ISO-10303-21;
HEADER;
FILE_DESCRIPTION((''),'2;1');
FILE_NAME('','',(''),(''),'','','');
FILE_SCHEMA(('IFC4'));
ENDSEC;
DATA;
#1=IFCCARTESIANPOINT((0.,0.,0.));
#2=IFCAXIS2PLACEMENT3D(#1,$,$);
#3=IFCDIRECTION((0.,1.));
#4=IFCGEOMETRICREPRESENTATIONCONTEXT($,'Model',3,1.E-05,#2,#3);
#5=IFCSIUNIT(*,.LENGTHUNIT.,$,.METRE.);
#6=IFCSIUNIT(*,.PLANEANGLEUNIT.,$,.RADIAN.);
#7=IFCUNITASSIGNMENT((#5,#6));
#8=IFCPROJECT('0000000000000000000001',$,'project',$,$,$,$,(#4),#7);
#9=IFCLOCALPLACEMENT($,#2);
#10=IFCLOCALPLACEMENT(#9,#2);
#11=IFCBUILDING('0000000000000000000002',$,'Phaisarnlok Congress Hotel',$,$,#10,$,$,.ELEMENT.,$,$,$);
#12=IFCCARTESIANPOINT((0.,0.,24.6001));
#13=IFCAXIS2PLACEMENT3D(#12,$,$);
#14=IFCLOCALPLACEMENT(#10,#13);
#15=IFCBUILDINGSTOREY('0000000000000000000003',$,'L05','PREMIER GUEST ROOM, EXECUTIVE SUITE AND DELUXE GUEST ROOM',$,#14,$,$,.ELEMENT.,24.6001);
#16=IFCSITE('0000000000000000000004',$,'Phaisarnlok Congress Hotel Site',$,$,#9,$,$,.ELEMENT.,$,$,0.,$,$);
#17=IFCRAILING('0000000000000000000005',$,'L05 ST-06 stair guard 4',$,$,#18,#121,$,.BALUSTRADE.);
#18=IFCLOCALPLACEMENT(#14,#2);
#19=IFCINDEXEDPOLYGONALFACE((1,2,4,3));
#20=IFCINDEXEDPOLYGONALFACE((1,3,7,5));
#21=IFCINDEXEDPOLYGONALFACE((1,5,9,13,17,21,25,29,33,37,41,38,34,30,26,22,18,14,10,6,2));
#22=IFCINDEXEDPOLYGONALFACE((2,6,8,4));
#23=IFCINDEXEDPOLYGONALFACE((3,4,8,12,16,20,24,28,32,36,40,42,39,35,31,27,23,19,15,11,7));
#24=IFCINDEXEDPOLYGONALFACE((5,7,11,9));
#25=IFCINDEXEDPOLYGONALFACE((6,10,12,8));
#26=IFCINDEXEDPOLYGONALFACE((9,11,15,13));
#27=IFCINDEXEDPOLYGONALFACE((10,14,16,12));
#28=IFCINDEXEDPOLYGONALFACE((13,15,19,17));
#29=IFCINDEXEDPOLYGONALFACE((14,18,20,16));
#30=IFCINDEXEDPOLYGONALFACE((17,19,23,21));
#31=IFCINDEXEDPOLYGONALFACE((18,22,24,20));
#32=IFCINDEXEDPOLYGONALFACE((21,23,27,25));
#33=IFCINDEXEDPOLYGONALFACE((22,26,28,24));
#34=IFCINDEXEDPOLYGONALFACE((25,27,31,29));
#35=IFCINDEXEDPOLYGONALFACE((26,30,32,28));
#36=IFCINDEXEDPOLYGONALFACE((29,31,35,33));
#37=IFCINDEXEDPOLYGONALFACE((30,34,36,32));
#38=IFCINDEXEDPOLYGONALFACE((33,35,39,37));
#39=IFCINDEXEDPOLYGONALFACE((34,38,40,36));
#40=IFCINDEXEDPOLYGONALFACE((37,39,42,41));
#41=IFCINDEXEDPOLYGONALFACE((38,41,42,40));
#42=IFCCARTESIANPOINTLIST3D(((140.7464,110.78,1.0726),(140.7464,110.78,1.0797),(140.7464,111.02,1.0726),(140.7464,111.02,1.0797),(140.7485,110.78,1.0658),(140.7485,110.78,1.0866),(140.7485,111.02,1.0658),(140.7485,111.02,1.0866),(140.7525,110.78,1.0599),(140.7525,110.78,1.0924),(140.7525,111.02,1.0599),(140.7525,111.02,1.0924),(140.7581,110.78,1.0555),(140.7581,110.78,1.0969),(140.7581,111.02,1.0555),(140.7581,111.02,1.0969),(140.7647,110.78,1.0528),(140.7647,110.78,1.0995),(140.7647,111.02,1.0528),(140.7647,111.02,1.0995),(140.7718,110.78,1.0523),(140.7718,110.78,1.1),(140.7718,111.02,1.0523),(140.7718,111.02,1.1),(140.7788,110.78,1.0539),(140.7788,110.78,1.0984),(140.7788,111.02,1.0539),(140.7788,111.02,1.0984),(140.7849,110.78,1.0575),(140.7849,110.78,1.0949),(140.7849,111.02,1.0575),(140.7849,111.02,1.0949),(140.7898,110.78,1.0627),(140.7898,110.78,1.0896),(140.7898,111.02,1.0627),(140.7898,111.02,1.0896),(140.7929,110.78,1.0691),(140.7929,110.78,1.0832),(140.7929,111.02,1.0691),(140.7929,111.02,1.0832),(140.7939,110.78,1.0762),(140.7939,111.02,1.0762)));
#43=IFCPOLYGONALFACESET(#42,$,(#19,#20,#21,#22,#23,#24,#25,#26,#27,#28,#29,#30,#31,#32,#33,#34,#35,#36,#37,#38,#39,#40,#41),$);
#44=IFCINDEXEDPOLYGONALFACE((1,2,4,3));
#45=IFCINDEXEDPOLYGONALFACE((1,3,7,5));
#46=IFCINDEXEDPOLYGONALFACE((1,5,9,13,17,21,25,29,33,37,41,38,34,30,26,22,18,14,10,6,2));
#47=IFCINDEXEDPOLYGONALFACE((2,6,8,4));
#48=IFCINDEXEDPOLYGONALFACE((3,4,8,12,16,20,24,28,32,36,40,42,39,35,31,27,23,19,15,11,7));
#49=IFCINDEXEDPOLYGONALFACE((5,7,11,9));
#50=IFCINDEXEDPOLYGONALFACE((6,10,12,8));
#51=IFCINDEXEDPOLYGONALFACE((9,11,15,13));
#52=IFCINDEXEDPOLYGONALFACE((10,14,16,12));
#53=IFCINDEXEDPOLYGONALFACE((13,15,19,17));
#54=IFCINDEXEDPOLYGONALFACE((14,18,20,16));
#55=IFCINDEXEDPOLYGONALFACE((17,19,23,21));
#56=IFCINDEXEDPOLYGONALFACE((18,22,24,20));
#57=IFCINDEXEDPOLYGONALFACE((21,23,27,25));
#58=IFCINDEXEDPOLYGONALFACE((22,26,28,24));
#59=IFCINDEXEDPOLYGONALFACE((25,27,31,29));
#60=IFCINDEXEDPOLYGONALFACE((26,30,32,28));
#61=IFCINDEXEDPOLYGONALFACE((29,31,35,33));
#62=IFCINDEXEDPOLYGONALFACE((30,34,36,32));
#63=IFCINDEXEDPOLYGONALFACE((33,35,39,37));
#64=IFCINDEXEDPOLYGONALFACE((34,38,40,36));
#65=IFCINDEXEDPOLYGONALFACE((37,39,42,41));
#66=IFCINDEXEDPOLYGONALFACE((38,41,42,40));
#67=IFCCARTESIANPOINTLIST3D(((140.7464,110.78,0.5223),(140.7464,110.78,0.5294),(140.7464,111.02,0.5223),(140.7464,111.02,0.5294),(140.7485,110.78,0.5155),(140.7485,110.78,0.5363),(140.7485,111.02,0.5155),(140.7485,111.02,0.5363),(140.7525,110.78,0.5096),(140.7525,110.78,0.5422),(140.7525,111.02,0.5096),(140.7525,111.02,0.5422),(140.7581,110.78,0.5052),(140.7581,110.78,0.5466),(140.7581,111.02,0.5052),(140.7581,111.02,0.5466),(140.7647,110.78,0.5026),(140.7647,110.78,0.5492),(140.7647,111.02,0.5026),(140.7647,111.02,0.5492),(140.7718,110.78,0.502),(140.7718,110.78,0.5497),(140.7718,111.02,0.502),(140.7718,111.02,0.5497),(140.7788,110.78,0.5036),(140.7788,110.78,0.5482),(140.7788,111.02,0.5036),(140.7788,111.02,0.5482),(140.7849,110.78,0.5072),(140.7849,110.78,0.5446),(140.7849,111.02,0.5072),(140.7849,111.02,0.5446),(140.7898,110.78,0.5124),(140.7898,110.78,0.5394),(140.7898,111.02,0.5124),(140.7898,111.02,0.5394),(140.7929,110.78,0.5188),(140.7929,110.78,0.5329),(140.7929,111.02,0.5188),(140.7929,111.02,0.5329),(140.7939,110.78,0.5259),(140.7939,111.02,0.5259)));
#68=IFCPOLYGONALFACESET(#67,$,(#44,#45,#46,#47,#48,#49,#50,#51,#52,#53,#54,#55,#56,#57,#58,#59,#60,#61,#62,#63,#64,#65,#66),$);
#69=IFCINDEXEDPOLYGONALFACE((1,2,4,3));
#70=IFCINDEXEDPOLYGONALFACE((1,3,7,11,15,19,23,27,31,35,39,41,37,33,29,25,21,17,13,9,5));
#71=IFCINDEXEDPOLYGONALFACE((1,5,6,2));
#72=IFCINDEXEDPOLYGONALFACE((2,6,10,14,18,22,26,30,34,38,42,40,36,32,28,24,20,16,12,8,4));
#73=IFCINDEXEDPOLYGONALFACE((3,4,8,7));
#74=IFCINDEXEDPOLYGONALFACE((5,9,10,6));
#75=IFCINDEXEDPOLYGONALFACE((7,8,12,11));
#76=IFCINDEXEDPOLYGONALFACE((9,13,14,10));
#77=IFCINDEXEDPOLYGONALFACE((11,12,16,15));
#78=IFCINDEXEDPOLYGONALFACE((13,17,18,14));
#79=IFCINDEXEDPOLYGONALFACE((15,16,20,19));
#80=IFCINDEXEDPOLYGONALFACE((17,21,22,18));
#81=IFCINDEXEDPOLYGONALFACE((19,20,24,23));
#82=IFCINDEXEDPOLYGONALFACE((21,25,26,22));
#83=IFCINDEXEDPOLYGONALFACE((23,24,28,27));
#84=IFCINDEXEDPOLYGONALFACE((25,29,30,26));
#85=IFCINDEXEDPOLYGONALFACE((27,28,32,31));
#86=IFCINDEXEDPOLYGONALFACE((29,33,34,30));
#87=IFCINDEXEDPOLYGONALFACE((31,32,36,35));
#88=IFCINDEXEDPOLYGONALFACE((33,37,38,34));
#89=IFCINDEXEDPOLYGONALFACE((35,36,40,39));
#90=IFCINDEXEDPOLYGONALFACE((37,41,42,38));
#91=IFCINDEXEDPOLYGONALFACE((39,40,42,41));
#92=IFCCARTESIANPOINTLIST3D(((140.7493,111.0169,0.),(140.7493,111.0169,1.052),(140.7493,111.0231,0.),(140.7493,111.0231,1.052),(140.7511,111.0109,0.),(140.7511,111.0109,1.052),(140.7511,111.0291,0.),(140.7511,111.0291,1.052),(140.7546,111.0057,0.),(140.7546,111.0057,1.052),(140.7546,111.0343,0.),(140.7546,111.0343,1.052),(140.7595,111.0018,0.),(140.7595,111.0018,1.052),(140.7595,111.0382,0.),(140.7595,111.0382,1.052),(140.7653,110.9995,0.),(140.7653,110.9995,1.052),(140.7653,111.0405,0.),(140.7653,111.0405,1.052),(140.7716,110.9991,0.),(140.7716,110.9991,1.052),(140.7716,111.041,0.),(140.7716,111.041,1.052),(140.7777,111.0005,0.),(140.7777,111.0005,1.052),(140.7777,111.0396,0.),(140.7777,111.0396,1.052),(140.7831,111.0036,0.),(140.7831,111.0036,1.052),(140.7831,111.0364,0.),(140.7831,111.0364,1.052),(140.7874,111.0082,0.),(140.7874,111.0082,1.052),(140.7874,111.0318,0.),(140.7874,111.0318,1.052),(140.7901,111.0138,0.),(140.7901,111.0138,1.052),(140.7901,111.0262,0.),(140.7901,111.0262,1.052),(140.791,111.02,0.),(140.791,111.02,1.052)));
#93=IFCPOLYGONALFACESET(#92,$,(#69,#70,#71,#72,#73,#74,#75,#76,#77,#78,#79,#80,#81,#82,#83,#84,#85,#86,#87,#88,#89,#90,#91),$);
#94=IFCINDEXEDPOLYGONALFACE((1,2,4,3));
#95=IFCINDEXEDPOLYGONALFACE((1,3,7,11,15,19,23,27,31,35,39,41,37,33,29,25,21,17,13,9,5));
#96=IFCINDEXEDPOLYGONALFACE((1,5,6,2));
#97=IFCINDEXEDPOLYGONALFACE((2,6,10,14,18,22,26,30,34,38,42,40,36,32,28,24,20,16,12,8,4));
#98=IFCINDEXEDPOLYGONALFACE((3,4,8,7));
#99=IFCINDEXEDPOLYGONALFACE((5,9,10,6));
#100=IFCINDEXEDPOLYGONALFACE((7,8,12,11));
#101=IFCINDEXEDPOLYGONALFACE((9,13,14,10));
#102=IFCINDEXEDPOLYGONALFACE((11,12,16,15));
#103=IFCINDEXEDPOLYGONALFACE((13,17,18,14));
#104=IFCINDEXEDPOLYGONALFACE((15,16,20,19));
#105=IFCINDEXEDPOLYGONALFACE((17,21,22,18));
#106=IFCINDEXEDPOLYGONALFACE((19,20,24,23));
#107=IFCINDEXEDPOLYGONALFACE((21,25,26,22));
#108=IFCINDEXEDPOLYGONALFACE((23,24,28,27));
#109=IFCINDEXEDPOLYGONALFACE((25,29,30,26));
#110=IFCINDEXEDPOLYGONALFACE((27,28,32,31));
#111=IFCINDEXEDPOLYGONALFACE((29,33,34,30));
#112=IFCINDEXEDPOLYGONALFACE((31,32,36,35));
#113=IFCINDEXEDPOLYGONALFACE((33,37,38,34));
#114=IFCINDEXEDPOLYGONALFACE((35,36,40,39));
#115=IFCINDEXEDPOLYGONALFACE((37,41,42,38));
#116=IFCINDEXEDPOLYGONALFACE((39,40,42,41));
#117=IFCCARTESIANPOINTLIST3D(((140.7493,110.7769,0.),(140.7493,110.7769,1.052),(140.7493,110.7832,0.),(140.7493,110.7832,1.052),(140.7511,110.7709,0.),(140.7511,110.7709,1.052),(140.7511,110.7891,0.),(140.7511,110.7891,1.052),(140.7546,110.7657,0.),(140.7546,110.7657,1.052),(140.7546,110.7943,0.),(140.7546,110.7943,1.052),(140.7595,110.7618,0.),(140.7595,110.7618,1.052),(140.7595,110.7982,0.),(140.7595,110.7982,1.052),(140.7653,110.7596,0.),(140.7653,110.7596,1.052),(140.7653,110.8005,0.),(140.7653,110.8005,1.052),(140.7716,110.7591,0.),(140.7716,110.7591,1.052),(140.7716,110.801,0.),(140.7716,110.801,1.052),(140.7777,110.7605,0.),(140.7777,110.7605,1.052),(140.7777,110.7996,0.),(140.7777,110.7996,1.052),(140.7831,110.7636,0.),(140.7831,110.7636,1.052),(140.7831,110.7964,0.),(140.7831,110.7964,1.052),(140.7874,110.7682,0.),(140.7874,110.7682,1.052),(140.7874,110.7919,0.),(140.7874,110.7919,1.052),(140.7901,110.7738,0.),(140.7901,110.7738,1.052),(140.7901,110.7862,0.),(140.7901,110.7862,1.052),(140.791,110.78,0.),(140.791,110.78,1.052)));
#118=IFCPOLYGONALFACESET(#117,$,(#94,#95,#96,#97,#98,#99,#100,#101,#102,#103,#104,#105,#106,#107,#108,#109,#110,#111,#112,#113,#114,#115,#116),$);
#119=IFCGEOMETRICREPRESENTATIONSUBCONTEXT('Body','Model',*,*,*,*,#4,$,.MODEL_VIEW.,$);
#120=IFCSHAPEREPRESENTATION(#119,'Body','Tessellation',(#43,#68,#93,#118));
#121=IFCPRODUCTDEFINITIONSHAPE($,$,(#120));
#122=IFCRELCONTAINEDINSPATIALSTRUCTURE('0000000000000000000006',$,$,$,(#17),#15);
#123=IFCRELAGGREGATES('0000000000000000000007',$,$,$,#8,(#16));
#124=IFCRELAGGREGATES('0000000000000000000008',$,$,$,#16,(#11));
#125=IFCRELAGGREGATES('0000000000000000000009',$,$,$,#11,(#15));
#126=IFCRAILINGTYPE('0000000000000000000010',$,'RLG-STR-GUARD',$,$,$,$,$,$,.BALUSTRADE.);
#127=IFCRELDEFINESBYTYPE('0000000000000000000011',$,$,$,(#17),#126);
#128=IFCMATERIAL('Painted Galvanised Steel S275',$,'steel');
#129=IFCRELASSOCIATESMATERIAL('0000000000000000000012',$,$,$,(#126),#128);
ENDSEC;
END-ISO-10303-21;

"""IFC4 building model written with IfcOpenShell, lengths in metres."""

from ifc_helpers import new_model, si_unit, direction, frame, origin, origin_2d, place, context, subcontext, project, spatial, circle, extrude, material, type_object, element, save


model = new_model("IFC4")

# Units and contexts
model_context = context("Model", 3, precision=1e-05, world=origin(), true_north=direction((0.0, 1.0)))
body_context = subcontext(model_context, "Body", "Model", "MODEL_VIEW")
ifc_project = project(units=[si_unit("LENGTHUNIT", "METRE"), si_unit("PLANEANGLEUNIT", "RADIAN")], contexts=[model_context])

# Site, building, storey
site_placement = place(None, origin())
site = spatial("IfcSite", under=ifc_project, at=site_placement, Name="Phaisarnlok Congress Hotel Site", CompositionType="ELEMENT", RefElevation=0.0)
building_placement = place(site_placement, origin())
building = spatial("IfcBuilding", under=site, at=building_placement, Name="Phaisarnlok Congress Hotel", CompositionType="ELEMENT")
storey_placement = place(building_placement, frame((0.0, 0.0, 24.6001)))
storey = spatial("IfcBuildingStorey", under=building, at=storey_placement, Name="L05", Description="PREMIER GUEST ROOM, EXECUTIVE SUITE AND DELUXE GUEST ROOM", CompositionType="ELEMENT", Elevation=24.6001)

# Railing
ifc_material_1 = material(Name="Painted Galvanised Steel S275", Category="steel")
railing_type_1 = type_object("IfcRailingType", Name="RLG-STR-GUARD", PredefinedType="BALUSTRADE", material=ifc_material_1)
railing_1_placement = place(storey_placement, frame((140.77, 111.02, 0.0)))
element("IfcRailing", 1, at=railing_1_placement, inside=storey, type_object=railing_type_1, Name="L05 ST-06 stair guard 4", PredefinedType="BALUSTRADE", context=body_context, shape_type="SweptSolid", body=[
    extrude(circle(Radius=0.0239, at=origin_2d()), frame((0.0, 0.0, 1.0762), z_axis=(0.0, -1.0, 0.0), x_axis=(1.0, 0.0, 0.0)), (0.0, 0.0, 1.0), 0.24),
    extrude(circle(Radius=0.0239, at=origin_2d()), frame((0.0, 0.0, 0.5259), z_axis=(0.0, -1.0, 0.0), x_axis=(1.0, 0.0, 0.0)), (0.0, 0.0, 1.0), 0.24),
    extrude(circle(Radius=0.021, at=origin_2d()), origin(), (0.0, 0.0, 1.0), 1.052),
    extrude(circle(Radius=0.021, at=origin_2d()), frame((0.0, -0.24, 0.0)), (0.0, 0.0, 1.0), 1.052),
])

save(model, "model.ifc")
